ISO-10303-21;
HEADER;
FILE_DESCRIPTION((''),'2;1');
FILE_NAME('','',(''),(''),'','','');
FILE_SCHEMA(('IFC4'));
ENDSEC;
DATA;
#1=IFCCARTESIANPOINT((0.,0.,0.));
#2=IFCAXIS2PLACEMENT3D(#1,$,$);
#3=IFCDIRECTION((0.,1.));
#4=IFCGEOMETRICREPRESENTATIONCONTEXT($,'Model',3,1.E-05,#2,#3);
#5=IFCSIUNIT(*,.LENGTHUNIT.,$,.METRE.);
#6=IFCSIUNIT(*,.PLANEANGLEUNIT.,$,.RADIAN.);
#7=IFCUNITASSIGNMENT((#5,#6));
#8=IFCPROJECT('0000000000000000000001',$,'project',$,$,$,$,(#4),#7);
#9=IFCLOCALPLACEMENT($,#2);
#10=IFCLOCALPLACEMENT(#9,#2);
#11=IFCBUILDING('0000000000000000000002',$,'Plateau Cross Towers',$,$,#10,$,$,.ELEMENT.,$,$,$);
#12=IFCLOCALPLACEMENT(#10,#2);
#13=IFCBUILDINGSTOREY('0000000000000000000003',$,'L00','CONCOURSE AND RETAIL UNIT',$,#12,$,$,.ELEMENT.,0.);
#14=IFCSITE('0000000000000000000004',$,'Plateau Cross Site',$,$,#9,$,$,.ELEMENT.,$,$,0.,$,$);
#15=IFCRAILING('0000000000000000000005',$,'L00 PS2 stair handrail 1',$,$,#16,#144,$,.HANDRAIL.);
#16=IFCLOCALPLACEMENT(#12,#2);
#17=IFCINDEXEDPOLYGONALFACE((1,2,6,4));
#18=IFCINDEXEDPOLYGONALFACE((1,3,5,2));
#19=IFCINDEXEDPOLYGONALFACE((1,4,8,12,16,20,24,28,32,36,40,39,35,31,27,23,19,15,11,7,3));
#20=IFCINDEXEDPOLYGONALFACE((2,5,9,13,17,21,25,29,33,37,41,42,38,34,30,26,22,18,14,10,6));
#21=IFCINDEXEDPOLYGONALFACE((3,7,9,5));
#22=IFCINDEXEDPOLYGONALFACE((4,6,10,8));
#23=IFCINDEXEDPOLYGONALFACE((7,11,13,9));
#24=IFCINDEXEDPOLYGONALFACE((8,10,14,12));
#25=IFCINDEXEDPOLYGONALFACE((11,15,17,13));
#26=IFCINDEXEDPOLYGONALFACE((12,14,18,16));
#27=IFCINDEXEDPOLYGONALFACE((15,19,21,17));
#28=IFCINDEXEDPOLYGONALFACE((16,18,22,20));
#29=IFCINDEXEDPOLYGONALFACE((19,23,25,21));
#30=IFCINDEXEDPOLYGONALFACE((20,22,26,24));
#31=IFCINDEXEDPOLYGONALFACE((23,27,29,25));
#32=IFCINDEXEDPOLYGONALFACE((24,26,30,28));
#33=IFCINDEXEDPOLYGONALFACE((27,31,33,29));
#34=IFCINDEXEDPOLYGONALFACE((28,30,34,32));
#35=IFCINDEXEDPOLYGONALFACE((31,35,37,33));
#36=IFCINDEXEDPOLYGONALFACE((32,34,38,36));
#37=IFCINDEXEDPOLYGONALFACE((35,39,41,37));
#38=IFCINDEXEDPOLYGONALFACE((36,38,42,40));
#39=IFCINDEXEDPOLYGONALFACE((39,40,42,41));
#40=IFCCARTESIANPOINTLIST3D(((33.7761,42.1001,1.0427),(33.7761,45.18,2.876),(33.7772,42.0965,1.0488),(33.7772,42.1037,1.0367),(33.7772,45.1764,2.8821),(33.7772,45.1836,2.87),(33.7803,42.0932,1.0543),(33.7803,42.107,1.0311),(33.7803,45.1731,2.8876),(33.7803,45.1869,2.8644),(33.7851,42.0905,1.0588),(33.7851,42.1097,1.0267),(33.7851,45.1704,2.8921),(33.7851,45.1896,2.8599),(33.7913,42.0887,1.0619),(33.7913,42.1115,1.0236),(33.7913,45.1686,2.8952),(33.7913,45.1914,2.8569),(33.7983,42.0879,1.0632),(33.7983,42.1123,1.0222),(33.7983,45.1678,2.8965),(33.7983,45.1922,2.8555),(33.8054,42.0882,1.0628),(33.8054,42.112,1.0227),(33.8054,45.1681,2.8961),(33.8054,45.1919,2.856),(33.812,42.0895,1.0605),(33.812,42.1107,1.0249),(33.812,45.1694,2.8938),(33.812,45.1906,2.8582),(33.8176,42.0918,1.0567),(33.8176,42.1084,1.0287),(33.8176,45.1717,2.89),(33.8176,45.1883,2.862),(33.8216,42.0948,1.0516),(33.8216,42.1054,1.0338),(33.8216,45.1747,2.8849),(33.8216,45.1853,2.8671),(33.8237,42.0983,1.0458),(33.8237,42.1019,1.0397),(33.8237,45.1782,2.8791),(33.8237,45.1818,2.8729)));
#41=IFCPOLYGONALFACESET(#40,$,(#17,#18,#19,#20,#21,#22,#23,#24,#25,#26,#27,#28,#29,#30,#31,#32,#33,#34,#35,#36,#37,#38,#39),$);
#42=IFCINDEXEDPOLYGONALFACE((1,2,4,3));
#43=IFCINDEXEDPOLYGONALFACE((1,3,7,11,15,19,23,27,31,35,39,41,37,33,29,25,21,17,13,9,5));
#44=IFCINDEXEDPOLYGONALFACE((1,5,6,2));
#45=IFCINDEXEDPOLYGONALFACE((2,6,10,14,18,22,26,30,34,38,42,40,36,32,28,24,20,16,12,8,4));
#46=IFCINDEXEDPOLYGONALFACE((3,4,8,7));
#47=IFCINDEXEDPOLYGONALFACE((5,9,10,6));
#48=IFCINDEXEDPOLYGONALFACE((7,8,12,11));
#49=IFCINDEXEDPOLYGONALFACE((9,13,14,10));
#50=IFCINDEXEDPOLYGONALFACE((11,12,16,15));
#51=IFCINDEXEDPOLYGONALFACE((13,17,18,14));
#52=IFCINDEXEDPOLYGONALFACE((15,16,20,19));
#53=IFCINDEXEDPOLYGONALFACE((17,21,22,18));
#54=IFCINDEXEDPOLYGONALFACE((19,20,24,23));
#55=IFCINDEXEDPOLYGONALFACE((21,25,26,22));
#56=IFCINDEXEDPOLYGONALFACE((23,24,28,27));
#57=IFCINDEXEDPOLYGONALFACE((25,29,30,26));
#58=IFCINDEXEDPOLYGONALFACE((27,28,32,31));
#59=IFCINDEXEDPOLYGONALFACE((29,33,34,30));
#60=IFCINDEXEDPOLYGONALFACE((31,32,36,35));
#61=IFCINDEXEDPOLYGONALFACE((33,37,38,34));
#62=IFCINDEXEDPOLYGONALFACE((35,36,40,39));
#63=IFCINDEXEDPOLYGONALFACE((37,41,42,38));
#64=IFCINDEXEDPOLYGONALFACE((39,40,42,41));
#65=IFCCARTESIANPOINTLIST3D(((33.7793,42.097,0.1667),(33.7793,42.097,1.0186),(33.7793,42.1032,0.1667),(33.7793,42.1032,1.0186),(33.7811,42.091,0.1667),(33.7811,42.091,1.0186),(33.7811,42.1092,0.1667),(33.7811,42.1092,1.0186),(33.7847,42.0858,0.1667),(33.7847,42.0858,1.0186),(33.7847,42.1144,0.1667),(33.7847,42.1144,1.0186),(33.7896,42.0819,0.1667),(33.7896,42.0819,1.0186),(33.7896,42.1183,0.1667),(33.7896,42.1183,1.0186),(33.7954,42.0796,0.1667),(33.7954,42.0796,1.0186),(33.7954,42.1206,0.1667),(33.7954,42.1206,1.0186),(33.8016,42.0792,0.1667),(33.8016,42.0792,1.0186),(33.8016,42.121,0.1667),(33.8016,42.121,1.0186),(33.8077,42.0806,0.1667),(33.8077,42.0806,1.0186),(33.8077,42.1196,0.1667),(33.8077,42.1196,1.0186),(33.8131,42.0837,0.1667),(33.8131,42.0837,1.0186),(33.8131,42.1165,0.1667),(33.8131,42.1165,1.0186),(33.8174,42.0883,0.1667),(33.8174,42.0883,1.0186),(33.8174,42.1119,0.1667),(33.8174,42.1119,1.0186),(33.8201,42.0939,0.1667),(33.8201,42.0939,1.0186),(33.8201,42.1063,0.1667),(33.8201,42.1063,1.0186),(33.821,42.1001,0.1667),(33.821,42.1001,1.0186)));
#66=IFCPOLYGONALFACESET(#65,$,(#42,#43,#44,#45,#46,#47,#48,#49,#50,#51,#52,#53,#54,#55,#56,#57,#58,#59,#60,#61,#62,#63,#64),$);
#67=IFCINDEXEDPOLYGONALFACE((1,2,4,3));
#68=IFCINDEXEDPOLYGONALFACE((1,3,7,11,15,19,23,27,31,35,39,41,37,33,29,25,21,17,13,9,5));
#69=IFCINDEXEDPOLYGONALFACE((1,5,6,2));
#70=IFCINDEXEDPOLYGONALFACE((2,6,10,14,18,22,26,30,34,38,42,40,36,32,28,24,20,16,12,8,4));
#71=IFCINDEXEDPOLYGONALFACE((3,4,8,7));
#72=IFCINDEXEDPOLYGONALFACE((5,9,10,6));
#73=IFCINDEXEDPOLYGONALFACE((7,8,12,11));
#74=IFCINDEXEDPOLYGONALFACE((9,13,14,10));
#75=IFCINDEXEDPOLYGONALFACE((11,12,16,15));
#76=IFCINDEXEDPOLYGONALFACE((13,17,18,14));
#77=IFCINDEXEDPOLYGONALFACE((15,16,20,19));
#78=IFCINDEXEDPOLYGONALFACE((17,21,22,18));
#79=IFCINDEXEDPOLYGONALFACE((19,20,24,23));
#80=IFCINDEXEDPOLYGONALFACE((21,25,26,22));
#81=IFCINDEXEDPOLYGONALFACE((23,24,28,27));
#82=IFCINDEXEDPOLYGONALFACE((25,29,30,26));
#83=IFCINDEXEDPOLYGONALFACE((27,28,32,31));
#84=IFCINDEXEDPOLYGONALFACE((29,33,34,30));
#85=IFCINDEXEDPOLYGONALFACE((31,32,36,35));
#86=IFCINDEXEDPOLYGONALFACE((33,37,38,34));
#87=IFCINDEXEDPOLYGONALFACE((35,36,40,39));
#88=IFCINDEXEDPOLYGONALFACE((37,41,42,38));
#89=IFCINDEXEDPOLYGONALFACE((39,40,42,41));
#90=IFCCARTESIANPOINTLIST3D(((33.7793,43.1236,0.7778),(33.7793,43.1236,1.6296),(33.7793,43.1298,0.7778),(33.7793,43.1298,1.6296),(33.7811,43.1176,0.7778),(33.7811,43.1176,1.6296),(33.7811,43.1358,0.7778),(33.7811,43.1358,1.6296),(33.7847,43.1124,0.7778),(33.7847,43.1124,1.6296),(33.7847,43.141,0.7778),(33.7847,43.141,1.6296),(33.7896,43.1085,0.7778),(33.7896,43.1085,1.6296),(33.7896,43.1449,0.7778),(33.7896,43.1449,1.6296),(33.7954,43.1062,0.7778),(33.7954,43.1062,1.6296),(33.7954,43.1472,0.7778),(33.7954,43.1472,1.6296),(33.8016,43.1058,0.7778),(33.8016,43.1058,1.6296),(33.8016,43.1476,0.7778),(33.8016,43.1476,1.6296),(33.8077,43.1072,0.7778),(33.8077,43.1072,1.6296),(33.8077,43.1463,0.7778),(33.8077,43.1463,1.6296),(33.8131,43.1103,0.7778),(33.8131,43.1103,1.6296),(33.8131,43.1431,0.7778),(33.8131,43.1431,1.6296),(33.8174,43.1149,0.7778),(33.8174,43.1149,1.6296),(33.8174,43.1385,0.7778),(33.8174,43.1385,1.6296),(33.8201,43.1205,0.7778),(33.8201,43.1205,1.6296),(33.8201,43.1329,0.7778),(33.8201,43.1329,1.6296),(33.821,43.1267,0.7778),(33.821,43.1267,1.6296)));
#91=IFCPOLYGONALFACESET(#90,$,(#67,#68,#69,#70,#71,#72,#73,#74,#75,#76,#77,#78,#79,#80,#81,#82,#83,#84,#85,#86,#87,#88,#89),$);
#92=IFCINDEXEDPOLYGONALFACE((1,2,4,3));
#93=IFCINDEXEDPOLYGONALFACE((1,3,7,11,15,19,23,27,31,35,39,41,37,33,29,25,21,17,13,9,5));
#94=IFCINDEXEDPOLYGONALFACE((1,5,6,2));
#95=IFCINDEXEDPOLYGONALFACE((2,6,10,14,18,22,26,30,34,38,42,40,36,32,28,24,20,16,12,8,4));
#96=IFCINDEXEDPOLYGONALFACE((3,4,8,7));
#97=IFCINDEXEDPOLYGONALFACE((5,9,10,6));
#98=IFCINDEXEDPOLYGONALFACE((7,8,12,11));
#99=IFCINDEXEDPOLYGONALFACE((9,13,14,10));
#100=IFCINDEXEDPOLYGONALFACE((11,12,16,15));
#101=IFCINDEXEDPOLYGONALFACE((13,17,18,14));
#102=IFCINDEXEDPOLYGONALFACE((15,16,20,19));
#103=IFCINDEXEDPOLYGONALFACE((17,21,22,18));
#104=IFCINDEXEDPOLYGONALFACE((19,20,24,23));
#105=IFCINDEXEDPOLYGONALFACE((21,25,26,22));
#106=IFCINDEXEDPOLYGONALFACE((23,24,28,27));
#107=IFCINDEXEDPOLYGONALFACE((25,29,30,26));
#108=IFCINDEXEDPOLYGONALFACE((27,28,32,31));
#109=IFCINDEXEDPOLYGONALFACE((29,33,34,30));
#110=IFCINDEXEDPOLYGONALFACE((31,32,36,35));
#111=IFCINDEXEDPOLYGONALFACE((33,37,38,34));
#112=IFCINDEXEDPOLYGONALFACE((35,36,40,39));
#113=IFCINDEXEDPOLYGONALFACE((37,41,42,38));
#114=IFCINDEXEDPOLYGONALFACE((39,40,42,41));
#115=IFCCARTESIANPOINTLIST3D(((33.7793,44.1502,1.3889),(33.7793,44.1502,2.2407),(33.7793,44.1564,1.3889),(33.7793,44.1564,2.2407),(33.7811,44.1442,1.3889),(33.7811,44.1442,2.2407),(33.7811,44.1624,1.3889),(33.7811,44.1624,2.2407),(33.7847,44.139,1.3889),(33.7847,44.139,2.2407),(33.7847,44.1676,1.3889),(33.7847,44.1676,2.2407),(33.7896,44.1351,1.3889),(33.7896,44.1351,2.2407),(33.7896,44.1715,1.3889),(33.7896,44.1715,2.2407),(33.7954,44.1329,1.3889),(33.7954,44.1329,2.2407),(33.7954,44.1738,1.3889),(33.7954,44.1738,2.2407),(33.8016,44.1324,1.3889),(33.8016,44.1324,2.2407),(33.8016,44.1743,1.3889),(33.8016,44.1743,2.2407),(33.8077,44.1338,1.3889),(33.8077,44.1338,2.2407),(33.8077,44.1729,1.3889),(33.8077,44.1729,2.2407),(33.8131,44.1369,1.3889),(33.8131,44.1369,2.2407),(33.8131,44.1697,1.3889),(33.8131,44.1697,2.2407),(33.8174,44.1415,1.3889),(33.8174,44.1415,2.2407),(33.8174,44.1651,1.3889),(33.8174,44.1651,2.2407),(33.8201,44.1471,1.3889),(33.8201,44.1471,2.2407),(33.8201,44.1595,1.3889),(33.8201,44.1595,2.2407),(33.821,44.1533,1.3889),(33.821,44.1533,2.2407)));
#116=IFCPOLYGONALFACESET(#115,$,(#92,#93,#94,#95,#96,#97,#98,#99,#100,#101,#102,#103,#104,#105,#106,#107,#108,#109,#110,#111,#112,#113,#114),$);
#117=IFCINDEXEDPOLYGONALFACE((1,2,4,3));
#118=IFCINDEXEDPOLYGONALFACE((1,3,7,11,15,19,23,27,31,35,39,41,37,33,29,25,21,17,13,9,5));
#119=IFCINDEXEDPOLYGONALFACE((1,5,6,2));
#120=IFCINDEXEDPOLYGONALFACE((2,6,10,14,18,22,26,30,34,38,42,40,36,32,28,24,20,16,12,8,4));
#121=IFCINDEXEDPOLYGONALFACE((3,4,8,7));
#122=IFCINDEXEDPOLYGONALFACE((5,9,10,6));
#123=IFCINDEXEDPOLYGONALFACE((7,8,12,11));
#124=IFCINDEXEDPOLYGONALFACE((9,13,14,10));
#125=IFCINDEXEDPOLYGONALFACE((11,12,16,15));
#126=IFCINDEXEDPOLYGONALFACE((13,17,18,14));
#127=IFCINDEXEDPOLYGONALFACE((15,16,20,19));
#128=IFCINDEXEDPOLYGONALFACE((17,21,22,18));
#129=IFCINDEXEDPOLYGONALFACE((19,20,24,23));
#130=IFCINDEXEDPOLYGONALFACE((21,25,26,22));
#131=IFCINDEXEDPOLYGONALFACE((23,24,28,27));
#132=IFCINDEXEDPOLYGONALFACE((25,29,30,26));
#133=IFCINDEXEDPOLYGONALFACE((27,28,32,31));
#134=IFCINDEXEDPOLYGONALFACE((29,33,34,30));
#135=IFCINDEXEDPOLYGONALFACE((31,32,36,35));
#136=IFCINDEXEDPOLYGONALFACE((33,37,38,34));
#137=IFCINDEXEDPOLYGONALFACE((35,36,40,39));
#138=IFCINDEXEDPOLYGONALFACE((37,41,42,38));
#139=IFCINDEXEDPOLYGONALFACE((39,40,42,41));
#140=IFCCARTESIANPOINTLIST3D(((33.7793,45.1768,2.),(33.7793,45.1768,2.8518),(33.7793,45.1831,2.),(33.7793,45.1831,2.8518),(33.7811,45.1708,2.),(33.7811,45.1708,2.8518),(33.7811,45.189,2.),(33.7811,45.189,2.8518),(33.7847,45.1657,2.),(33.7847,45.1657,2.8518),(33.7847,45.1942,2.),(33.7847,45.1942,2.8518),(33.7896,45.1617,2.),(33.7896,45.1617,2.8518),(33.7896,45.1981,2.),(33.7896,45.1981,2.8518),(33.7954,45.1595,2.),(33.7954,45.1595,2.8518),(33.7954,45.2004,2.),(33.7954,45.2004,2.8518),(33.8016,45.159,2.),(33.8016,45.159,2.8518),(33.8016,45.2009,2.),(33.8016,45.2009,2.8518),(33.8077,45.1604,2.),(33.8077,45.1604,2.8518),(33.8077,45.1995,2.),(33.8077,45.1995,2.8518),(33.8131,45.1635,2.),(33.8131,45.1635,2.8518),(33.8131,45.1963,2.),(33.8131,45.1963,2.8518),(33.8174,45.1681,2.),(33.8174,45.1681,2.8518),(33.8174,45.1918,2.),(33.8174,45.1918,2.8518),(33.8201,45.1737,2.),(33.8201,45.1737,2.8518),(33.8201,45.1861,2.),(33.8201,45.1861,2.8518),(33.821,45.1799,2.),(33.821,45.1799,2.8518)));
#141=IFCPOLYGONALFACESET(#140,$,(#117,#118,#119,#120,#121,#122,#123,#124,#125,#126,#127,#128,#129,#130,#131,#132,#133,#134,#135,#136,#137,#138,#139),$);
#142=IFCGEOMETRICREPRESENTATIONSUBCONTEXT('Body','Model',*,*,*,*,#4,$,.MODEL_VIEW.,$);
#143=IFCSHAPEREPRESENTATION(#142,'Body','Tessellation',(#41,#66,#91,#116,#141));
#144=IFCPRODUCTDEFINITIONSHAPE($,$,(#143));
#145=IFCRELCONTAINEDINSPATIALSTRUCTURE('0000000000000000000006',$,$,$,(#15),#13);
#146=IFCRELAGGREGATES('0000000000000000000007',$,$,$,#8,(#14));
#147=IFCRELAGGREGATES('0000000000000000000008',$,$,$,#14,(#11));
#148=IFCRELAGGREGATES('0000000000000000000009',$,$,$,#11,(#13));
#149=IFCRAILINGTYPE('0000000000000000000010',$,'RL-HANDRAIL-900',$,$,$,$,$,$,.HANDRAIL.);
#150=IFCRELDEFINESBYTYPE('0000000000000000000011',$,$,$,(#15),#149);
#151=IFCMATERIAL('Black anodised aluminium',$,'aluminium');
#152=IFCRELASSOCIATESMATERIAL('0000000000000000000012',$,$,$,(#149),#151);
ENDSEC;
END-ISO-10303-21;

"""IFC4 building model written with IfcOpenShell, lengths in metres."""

from ifc_helpers import new_model, si_unit, direction, frame, origin, origin_2d, place, context, subcontext, project, spatial, circle, extrude, material, type_object, element, save


model = new_model("IFC4")

# Units and contexts
model_context = context("Model", 3, precision=1e-05, world=origin(), true_north=direction((0.0, 1.0)))
body_context = subcontext(model_context, "Body", "Model", "MODEL_VIEW")
ifc_project = project(units=[si_unit("LENGTHUNIT", "METRE"), si_unit("PLANEANGLEUNIT", "RADIAN")], contexts=[model_context])

# Site, building, storey
site_placement = place(None, origin())
site = spatial("IfcSite", under=ifc_project, at=site_placement, Name="Plateau Cross Site", CompositionType="ELEMENT", RefElevation=0.0)
building_placement = place(site_placement, origin())
building = spatial("IfcBuilding", under=site, at=building_placement, Name="Plateau Cross Towers", CompositionType="ELEMENT")
storey_placement = place(building_placement, origin())
storey = spatial("IfcBuildingStorey", under=building, at=storey_placement, Name="L00", Description="CONCOURSE AND RETAIL UNIT", CompositionType="ELEMENT", Elevation=0.0)

# Railing
ifc_material_1 = material(Name="Black anodised aluminium", Category="aluminium")
railing_type_1 = type_object("IfcRailingType", Name="RL-HANDRAIL-900", PredefinedType="HANDRAIL", material=ifc_material_1)
for number, where, name in (
    (1, (33.8, 42.1001, 0.1667), "L00 PS2 stair handrail 1"),
):
    element("IfcRailing", number, at=place(storey_placement, frame(where)), inside=storey, type_object=railing_type_1, Name=name, PredefinedType="HANDRAIL", context=body_context, shape_type="SweptSolid", body=[
        extrude(circle(Radius=0.0239, at=origin_2d()), frame((0.0, 0.0, 0.876), z_axis=(0.0, 0.859291, 0.511487), x_axis=(-1.0, 0.0, 0.0)), (0.0, 0.0, 1.0), 3.5842),
        extrude(circle(Radius=0.021, at=origin_2d()), origin(), (0.0, 0.0, 1.0), 0.8518),
        extrude(circle(Radius=0.021, at=origin_2d()), frame((0.0, 1.0266, 0.6111)), (0.0, 0.0, 1.0), 0.8518),
        extrude(circle(Radius=0.021, at=origin_2d()), frame((0.0, 2.0532, 1.2222)), (0.0, 0.0, 1.0), 0.8518),
        extrude(circle(Radius=0.021, at=origin_2d()), frame((0.0, 3.0798, 1.8333)), (0.0, 0.0, 1.0), 0.8518),
    ])

save(model, "model.ifc")
